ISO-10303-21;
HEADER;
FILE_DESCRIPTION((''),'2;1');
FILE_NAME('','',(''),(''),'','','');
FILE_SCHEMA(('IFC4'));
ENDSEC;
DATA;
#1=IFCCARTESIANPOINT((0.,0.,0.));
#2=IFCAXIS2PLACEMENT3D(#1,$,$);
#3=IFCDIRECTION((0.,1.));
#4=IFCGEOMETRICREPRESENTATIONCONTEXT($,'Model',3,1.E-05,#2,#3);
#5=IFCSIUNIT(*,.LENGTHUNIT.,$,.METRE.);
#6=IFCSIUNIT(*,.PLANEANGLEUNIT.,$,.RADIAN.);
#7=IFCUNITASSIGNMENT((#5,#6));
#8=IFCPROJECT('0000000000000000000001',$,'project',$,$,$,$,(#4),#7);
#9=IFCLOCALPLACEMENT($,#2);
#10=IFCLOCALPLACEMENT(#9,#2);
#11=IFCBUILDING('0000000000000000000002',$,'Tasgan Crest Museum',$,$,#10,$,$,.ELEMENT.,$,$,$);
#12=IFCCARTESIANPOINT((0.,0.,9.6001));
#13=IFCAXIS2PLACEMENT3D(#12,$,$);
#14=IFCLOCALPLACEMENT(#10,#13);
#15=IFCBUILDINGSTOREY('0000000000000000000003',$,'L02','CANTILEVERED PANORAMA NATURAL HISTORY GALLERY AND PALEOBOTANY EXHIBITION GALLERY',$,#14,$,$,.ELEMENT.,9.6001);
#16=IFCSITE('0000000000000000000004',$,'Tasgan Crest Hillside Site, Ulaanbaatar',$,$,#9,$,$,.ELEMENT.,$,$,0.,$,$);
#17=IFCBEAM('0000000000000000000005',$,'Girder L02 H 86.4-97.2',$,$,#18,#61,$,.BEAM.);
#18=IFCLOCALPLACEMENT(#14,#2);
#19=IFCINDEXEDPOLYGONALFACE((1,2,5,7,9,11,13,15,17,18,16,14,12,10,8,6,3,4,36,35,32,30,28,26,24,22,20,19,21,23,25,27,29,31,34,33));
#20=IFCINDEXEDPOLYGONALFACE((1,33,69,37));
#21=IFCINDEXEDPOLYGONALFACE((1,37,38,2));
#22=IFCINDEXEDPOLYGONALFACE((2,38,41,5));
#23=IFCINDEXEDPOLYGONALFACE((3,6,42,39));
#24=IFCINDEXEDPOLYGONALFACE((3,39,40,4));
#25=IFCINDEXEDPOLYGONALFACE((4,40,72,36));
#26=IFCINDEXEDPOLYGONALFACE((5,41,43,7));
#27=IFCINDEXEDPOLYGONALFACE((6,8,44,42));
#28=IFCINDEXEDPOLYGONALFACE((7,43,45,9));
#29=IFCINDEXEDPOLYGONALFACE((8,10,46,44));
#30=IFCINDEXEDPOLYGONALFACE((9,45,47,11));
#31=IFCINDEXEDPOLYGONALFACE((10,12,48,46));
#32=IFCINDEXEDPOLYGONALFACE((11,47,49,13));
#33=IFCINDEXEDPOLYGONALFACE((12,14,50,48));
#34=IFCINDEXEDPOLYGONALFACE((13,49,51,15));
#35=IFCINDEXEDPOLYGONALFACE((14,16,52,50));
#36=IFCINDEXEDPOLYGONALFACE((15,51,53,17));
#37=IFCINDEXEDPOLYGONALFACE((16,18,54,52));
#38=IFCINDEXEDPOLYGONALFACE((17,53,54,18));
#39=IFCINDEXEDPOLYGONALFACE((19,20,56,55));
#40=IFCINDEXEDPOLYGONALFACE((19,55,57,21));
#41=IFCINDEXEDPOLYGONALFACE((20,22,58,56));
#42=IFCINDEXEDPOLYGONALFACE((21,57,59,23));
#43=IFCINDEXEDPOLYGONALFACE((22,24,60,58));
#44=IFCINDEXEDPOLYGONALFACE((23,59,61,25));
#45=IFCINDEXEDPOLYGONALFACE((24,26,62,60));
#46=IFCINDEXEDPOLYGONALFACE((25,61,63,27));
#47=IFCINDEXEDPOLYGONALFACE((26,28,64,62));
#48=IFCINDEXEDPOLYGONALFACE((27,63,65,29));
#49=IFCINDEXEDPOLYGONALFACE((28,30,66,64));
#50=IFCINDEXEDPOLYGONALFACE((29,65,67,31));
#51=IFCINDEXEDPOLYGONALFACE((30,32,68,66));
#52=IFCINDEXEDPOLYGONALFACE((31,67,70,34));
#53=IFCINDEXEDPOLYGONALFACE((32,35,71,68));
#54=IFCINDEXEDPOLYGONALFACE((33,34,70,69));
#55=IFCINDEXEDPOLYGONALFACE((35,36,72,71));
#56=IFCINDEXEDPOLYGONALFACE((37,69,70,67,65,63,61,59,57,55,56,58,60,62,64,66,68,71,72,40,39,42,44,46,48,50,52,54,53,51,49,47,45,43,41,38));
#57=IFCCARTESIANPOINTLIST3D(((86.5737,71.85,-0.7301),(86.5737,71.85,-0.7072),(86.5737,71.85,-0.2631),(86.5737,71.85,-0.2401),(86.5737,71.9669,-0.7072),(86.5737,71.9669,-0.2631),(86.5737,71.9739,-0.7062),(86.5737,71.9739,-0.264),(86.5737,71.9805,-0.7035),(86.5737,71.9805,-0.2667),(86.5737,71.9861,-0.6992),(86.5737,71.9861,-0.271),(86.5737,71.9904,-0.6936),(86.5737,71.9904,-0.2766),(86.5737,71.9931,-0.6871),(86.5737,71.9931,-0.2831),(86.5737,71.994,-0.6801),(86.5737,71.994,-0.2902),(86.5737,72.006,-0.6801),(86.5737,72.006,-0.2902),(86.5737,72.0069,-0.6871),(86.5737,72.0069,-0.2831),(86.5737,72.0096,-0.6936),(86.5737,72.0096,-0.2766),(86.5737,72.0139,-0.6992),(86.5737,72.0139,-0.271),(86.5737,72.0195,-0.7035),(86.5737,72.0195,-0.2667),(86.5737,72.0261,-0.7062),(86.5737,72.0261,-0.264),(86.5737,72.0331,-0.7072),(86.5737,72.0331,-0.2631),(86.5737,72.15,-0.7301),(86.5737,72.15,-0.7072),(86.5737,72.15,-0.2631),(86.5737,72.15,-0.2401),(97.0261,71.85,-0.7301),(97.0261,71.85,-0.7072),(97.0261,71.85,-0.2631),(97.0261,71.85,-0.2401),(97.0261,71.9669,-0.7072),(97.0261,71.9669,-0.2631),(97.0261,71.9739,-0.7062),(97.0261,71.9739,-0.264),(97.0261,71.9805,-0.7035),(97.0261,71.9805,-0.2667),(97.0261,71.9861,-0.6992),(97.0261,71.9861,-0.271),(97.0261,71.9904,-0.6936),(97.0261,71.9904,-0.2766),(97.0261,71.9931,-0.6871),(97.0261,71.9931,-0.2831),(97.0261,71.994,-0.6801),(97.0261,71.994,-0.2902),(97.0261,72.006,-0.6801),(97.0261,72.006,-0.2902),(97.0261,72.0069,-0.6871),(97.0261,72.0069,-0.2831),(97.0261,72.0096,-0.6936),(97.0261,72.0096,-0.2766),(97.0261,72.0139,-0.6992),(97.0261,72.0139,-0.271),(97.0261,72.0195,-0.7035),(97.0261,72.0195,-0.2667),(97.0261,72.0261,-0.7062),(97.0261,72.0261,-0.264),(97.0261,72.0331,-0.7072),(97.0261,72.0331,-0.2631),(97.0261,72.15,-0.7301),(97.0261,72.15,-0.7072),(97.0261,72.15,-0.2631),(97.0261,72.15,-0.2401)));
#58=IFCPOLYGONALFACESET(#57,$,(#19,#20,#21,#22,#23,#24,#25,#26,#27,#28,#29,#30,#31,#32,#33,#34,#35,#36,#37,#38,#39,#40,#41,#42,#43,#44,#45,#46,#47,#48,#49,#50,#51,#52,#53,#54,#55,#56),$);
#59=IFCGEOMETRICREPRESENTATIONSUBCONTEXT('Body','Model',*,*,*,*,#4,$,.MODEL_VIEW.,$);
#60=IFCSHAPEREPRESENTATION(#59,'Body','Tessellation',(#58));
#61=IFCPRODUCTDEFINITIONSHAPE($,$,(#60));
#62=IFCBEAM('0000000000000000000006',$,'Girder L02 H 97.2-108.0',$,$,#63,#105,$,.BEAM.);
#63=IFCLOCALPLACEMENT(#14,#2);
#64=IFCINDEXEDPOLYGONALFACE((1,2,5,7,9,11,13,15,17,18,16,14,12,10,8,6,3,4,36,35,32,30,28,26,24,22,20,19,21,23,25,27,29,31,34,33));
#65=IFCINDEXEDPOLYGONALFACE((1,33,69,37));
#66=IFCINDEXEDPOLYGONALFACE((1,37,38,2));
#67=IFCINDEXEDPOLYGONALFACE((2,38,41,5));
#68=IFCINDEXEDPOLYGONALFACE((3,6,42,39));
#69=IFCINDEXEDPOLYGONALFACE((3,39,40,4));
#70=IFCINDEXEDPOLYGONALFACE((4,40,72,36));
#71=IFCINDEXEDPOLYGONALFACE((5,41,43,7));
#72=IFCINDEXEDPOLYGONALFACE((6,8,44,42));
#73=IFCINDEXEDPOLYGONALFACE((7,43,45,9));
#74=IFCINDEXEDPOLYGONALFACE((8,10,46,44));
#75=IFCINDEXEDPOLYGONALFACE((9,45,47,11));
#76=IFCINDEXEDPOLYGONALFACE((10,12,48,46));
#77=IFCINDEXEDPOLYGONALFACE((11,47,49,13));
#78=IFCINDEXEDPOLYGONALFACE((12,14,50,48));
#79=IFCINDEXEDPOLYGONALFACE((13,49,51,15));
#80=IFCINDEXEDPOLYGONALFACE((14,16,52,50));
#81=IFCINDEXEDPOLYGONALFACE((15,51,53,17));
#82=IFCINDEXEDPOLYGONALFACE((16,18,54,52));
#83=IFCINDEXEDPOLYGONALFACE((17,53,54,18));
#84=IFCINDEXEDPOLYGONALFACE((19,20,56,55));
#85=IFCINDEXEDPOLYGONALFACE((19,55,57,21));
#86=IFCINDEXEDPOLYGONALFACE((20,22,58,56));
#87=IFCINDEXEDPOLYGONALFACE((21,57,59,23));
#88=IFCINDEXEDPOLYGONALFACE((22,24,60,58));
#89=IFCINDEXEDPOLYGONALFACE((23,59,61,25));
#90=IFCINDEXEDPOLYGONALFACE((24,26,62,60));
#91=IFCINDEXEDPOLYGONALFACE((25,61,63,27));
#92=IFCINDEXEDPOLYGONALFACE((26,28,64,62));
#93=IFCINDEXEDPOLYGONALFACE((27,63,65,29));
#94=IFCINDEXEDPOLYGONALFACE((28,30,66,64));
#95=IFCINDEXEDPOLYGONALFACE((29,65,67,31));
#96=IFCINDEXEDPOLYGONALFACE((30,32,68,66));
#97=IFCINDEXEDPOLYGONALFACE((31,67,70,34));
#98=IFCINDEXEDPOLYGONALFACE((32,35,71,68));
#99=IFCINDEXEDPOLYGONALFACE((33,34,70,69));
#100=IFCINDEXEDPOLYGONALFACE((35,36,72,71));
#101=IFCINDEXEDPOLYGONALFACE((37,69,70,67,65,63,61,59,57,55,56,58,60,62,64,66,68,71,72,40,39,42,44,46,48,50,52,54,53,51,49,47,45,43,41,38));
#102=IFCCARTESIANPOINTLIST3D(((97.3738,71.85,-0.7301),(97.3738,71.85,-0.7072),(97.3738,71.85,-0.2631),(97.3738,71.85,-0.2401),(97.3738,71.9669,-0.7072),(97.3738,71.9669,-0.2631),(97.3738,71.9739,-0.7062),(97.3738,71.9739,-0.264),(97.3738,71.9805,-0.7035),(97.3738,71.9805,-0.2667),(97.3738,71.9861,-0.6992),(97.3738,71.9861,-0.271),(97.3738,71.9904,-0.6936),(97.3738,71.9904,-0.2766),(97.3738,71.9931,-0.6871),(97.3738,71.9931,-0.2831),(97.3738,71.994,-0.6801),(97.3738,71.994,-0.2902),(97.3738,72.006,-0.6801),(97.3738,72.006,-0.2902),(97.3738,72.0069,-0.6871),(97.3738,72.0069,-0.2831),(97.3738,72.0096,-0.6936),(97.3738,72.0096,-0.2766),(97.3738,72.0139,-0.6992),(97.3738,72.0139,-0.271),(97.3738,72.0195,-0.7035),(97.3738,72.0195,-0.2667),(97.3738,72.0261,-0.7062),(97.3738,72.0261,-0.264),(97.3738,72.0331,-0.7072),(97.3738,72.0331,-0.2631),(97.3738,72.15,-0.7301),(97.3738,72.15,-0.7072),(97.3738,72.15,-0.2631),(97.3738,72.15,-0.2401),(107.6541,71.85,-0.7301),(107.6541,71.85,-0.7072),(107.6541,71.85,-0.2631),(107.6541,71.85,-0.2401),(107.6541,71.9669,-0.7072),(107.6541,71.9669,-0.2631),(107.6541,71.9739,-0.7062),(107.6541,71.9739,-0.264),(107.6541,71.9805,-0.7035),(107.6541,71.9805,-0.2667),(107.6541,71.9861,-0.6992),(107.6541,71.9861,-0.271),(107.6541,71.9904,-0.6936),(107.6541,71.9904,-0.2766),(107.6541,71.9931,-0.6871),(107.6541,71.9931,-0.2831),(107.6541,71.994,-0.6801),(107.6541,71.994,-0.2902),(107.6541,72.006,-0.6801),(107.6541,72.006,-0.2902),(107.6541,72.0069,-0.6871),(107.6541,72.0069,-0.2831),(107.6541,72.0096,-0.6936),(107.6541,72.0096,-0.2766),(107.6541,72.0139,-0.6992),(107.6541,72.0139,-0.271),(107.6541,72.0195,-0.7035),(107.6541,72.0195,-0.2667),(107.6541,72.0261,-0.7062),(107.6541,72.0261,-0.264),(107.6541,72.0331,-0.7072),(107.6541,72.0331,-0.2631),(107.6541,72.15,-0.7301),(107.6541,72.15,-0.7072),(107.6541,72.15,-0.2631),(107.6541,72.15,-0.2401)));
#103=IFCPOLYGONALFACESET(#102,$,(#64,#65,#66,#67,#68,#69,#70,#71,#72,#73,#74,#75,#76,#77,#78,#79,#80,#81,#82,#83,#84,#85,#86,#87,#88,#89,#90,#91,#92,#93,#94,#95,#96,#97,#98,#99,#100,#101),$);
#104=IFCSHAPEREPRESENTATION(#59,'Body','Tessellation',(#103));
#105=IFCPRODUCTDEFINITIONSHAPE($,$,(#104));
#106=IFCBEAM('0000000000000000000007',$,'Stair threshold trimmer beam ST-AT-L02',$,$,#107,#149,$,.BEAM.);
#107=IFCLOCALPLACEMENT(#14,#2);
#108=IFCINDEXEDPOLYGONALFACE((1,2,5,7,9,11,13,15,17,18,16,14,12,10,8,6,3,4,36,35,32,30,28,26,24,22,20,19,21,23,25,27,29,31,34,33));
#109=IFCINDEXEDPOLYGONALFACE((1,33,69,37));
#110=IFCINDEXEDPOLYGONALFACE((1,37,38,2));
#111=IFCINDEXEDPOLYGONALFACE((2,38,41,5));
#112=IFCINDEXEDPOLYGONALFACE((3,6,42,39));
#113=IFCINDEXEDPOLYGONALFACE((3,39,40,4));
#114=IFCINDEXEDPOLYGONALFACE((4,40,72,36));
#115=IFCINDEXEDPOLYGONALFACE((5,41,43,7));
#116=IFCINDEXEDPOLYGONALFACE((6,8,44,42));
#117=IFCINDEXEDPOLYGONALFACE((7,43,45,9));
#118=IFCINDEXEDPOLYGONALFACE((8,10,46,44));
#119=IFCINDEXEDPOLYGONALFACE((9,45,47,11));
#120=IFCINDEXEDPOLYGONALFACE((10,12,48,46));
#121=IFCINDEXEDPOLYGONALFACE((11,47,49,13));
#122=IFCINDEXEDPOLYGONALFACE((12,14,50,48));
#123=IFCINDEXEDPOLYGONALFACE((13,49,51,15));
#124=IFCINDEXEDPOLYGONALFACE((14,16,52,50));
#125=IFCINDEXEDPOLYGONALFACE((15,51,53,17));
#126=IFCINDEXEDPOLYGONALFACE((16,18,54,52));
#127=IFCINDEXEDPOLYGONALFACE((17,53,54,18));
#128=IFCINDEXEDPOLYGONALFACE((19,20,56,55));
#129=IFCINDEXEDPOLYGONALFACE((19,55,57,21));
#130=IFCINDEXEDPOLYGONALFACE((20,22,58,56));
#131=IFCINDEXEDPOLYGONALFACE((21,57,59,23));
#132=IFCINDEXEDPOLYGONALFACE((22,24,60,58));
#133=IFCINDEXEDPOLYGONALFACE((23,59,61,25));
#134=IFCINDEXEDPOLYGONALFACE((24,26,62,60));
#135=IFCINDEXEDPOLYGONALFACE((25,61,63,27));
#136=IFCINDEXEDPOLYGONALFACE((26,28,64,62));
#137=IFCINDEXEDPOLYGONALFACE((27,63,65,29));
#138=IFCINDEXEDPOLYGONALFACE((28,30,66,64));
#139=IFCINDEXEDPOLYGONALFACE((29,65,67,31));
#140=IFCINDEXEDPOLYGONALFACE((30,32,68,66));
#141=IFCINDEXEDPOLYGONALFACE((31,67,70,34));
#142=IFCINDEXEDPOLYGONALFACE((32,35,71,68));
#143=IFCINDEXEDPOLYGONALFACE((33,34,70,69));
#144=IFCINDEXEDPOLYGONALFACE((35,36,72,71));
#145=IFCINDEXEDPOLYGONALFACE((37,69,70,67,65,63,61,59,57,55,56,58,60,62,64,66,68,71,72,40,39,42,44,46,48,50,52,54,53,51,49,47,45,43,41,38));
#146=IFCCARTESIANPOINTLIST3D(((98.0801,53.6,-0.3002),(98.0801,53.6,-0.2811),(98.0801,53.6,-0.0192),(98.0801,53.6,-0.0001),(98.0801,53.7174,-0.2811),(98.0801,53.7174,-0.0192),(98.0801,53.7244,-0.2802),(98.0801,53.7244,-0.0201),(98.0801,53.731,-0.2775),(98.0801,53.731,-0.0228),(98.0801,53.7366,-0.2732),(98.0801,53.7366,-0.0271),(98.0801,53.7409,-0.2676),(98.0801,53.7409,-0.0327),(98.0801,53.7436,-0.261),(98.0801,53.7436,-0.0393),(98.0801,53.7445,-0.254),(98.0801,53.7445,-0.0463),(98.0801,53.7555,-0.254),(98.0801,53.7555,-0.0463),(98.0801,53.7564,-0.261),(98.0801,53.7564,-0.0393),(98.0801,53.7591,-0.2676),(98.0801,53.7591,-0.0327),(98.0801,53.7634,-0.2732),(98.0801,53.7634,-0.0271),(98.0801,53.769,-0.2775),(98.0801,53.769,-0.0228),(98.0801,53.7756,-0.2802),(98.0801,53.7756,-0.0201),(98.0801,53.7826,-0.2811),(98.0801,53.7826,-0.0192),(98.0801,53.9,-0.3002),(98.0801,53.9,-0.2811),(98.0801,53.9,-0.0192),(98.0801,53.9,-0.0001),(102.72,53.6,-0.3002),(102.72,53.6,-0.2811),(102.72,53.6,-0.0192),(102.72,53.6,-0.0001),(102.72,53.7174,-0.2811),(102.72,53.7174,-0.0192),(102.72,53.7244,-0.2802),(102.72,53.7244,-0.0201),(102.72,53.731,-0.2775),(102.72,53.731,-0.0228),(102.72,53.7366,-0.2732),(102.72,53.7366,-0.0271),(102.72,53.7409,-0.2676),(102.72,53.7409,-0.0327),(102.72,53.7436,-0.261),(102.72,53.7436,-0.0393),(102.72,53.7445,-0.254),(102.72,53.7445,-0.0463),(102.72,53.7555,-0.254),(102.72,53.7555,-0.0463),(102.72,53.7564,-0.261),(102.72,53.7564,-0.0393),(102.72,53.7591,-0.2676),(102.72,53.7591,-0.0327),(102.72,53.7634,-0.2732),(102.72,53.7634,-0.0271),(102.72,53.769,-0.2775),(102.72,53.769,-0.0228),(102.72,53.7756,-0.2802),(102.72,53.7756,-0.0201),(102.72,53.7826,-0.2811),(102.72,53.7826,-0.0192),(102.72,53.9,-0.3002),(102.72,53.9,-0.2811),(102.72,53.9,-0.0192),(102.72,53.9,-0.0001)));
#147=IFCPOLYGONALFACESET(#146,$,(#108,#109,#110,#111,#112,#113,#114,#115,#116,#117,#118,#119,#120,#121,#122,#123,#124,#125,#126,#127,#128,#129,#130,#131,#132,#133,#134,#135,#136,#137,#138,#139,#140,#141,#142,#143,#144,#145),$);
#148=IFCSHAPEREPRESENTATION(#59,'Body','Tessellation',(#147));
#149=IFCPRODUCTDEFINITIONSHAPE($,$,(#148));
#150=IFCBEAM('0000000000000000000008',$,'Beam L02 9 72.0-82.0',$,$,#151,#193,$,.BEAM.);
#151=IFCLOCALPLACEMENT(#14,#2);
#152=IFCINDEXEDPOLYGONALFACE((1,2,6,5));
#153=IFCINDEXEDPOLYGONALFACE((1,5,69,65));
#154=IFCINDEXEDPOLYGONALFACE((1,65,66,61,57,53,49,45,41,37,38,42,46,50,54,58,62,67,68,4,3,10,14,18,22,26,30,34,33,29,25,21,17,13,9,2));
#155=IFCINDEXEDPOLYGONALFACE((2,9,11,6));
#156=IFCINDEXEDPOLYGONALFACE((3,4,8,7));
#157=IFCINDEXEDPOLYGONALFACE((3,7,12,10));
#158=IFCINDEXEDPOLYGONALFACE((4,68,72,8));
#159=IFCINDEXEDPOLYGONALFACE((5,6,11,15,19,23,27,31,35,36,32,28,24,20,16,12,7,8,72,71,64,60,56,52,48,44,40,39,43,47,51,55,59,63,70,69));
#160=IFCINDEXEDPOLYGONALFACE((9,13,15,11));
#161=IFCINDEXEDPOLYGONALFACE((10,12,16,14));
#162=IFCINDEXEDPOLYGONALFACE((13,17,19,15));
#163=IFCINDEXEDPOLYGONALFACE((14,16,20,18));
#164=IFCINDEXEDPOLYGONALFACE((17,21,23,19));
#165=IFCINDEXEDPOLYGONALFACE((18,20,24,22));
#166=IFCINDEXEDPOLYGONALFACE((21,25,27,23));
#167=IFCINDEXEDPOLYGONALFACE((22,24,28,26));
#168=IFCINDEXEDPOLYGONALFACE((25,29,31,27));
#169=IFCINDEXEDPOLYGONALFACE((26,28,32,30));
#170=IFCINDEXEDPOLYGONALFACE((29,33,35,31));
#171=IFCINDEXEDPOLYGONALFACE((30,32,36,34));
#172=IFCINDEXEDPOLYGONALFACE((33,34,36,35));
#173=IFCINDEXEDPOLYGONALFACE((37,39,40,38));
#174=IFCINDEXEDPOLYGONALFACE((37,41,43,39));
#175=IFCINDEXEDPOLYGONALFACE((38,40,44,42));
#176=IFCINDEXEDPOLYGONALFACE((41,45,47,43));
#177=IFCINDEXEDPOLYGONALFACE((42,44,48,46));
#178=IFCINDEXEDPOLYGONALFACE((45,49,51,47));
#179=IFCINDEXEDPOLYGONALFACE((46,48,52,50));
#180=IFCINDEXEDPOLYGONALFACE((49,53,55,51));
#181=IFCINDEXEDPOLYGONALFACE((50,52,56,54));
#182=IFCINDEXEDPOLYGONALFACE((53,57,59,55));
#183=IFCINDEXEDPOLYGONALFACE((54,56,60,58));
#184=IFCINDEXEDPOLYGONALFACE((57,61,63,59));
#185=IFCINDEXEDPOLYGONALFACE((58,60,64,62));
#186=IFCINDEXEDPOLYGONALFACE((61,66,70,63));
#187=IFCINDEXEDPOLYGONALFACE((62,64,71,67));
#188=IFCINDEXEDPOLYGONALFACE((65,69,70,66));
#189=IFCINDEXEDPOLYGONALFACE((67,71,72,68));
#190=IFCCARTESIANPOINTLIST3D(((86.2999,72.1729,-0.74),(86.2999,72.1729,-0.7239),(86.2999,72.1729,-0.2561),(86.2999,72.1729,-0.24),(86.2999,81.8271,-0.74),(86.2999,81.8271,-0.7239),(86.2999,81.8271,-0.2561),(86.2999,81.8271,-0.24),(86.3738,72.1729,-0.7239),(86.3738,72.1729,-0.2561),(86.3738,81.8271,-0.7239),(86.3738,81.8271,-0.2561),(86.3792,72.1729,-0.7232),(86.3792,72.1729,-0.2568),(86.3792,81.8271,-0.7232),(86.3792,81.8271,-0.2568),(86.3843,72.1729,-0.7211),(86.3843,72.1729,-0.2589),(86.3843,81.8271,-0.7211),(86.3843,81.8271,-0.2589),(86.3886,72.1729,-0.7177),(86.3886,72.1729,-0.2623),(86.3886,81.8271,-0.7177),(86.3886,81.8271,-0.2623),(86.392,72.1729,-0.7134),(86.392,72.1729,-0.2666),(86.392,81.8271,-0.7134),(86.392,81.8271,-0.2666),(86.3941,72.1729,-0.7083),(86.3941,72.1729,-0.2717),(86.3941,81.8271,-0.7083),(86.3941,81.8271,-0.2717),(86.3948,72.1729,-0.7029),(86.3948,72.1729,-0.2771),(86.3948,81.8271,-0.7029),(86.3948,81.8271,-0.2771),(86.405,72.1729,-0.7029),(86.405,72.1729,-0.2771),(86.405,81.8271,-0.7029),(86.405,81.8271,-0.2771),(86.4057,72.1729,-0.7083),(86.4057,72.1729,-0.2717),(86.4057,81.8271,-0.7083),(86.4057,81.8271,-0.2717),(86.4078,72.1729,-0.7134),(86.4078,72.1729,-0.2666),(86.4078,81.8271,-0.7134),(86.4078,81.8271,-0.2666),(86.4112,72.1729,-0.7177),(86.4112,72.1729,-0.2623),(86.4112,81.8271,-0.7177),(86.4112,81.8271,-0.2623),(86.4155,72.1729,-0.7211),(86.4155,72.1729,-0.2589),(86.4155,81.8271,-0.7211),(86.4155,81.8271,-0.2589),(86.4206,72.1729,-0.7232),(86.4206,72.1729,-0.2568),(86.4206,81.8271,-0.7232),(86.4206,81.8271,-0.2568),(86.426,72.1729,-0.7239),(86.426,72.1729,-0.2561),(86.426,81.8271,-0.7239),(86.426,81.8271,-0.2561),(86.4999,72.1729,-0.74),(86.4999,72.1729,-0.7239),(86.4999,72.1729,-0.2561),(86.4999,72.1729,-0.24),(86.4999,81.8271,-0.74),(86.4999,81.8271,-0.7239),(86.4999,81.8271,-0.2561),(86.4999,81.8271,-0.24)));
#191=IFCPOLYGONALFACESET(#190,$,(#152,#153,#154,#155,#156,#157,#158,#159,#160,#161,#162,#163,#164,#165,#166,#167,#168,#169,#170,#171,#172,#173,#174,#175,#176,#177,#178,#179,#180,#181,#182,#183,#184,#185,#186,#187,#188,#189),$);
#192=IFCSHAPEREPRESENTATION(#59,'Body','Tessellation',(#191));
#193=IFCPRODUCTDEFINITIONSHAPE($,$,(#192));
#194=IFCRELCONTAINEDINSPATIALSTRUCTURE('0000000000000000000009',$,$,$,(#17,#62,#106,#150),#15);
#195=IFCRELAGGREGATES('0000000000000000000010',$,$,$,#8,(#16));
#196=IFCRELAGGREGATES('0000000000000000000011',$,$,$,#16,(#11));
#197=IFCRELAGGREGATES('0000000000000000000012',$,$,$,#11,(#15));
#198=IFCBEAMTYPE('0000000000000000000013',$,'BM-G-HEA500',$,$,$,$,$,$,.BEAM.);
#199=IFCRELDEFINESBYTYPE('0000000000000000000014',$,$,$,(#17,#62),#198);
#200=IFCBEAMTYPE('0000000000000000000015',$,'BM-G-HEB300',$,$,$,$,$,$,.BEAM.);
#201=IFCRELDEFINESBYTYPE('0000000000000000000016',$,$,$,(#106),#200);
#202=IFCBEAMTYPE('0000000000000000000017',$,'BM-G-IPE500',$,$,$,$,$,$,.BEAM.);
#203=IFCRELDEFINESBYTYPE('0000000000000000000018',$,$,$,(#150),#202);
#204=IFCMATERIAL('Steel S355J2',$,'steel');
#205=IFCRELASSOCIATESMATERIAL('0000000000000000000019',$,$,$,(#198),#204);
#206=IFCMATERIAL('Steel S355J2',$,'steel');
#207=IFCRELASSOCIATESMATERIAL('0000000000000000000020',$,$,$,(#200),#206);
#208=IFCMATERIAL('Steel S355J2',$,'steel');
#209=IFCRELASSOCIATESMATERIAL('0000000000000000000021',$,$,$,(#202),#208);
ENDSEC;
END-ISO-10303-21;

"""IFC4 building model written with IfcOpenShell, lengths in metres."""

from ifc_helpers import new_model, si_unit, direction, frame, origin, origin_2d, place, context, subcontext, project, spatial, i_section, extrude, material, material_profile, profile_set, type_object, element, save


model = new_model("IFC4")

# Units and contexts
model_context = context("Model", 3, precision=1e-05, world=origin(), true_north=direction((0.0, 1.0)))
body_context = subcontext(model_context, "Body", "Model", "MODEL_VIEW")
ifc_project = project(units=[si_unit("LENGTHUNIT", "METRE"), si_unit("PLANEANGLEUNIT", "RADIAN")], contexts=[model_context])

# Site, building, storey
site_placement = place(None, origin())
site = spatial("IfcSite", under=ifc_project, at=site_placement, Name="Tasgan Crest Hillside Site, Ulaanbaatar", CompositionType="ELEMENT", RefElevation=0.0)
building_placement = place(site_placement, origin())
building = spatial("IfcBuilding", under=site, at=building_placement, Name="Tasgan Crest Museum", CompositionType="ELEMENT")
storey_placement = place(building_placement, frame((0.0, 0.0, 9.6001)))
storey = spatial("IfcBuildingStorey", under=building, at=storey_placement, Name="L02", Description="CANTILEVERED PANORAMA NATURAL HISTORY GALLERY AND PALEOBOTANY EXHIBITION GALLERY", CompositionType="ELEMENT", Elevation=9.6001)

# Beams
ifc_material_1 = material(Name="Steel S355J2", Category="steel")
ifc_material_profile_1 = material_profile(ifc_material_1, i_section(OverallWidth=0.3, OverallDepth=0.49, WebThickness=0.012, FlangeThickness=0.0229, FilletRadius=0.0271, at=origin_2d()), Name="HEA 500")
ifc_profile_set_1 = profile_set([ifc_material_profile_1], Name="Steel S355J2")
beam_type_1 = type_object("IfcBeamType", Name="BM-G-HEA500", PredefinedType="BEAM", material=ifc_profile_set_1)
beam_1_placement = place(storey_placement, frame((86.5737, 72.0, -0.4851), z_axis=(1.0, 0.0, 0.0), x_axis=(0.0, 1.0, 0.0)))
element("IfcBeam", 1, at=beam_1_placement, inside=storey, type_object=beam_type_1, Name="Girder L02 H 86.4-97.2", PredefinedType="BEAM", context=body_context, shape_type="SweptSolid", body=[
    extrude(i_section(OverallWidth=0.3, OverallDepth=0.49, WebThickness=0.012, FlangeThickness=0.0229, FilletRadius=0.0271, at=origin_2d()), origin(), (0.0, 0.0, 1.0), 10.4524),
])
beam_2_placement = place(storey_placement, frame((97.3738, 72.0, -0.4851), z_axis=(1.0, 0.0, 0.0), x_axis=(0.0, 1.0, 0.0)))
element("IfcBeam", 2, at=beam_2_placement, inside=storey, type_object=beam_type_1, Name="Girder L02 H 97.2-108.0", PredefinedType="BEAM", context=body_context, shape_type="SweptSolid", body=[
    extrude(i_section(OverallWidth=0.3, OverallDepth=0.49, WebThickness=0.012, FlangeThickness=0.0229, FilletRadius=0.0271, at=origin_2d()), origin(), (0.0, 0.0, 1.0), 10.2803),
])
ifc_material_2 = material(Name="Steel S355J2", Category="steel")
ifc_material_profile_2 = material_profile(ifc_material_2, i_section(OverallWidth=0.3, OverallDepth=0.3, WebThickness=0.011, FlangeThickness=0.019, FilletRadius=0.0271, at=origin_2d()), Name="HEB 300")
ifc_profile_set_2 = profile_set([ifc_material_profile_2], Name="Steel S355J2")
beam_type_2 = type_object("IfcBeamType", Name="BM-G-HEB300", PredefinedType="BEAM", material=ifc_profile_set_2)
beam_3_placement = place(storey_placement, frame((98.0801, 53.75, -0.1501), z_axis=(1.0, 0.0, 0.0), x_axis=(0.0, 1.0, 0.0)))
element("IfcBeam", 3, at=beam_3_placement, inside=storey, type_object=beam_type_2, Name="Stair threshold trimmer beam ST-AT-L02", PredefinedType="BEAM", context=body_context, shape_type="SweptSolid", body=[
    extrude(i_section(OverallWidth=0.3, OverallDepth=0.3, WebThickness=0.011, FlangeThickness=0.019, FilletRadius=0.0271, at=origin_2d()), origin(), (0.0, 0.0, 1.0), 4.6399),
])
ifc_material_3 = material(Name="Steel S355J2", Category="steel")
ifc_material_profile_3 = material_profile(ifc_material_3, i_section(OverallWidth=0.2, OverallDepth=0.5, WebThickness=0.0103, FlangeThickness=0.0161, FilletRadius=0.021, at=origin_2d()), Name="IPE 500")
ifc_profile_set_3 = profile_set([ifc_material_profile_3], Name="Steel S355J2")
beam_type_3 = type_object("IfcBeamType", Name="BM-G-IPE500", PredefinedType="BEAM", material=ifc_profile_set_3)
for number, where, z_axis, x_axis, name in (
    (4, (86.3999, 72.1729, -0.49), (0.0, 1.0, 0.0), (-1.0, 0.0, 0.0), "Beam L02 9 72.0-82.0"),
):
    element("IfcBeam", number, at=place(storey_placement, frame(where, z_axis=z_axis, x_axis=x_axis)), inside=storey, type_object=beam_type_3, Name=name, PredefinedType="BEAM", context=body_context, shape_type="SweptSolid", body=[
        extrude(i_section(OverallWidth=0.2, OverallDepth=0.5, WebThickness=0.0103, FlangeThickness=0.0161, FilletRadius=0.021, at=origin_2d()), origin(), (0.0, 0.0, 1.0), 9.6543),
    ])

save(model, "model.ifc")
